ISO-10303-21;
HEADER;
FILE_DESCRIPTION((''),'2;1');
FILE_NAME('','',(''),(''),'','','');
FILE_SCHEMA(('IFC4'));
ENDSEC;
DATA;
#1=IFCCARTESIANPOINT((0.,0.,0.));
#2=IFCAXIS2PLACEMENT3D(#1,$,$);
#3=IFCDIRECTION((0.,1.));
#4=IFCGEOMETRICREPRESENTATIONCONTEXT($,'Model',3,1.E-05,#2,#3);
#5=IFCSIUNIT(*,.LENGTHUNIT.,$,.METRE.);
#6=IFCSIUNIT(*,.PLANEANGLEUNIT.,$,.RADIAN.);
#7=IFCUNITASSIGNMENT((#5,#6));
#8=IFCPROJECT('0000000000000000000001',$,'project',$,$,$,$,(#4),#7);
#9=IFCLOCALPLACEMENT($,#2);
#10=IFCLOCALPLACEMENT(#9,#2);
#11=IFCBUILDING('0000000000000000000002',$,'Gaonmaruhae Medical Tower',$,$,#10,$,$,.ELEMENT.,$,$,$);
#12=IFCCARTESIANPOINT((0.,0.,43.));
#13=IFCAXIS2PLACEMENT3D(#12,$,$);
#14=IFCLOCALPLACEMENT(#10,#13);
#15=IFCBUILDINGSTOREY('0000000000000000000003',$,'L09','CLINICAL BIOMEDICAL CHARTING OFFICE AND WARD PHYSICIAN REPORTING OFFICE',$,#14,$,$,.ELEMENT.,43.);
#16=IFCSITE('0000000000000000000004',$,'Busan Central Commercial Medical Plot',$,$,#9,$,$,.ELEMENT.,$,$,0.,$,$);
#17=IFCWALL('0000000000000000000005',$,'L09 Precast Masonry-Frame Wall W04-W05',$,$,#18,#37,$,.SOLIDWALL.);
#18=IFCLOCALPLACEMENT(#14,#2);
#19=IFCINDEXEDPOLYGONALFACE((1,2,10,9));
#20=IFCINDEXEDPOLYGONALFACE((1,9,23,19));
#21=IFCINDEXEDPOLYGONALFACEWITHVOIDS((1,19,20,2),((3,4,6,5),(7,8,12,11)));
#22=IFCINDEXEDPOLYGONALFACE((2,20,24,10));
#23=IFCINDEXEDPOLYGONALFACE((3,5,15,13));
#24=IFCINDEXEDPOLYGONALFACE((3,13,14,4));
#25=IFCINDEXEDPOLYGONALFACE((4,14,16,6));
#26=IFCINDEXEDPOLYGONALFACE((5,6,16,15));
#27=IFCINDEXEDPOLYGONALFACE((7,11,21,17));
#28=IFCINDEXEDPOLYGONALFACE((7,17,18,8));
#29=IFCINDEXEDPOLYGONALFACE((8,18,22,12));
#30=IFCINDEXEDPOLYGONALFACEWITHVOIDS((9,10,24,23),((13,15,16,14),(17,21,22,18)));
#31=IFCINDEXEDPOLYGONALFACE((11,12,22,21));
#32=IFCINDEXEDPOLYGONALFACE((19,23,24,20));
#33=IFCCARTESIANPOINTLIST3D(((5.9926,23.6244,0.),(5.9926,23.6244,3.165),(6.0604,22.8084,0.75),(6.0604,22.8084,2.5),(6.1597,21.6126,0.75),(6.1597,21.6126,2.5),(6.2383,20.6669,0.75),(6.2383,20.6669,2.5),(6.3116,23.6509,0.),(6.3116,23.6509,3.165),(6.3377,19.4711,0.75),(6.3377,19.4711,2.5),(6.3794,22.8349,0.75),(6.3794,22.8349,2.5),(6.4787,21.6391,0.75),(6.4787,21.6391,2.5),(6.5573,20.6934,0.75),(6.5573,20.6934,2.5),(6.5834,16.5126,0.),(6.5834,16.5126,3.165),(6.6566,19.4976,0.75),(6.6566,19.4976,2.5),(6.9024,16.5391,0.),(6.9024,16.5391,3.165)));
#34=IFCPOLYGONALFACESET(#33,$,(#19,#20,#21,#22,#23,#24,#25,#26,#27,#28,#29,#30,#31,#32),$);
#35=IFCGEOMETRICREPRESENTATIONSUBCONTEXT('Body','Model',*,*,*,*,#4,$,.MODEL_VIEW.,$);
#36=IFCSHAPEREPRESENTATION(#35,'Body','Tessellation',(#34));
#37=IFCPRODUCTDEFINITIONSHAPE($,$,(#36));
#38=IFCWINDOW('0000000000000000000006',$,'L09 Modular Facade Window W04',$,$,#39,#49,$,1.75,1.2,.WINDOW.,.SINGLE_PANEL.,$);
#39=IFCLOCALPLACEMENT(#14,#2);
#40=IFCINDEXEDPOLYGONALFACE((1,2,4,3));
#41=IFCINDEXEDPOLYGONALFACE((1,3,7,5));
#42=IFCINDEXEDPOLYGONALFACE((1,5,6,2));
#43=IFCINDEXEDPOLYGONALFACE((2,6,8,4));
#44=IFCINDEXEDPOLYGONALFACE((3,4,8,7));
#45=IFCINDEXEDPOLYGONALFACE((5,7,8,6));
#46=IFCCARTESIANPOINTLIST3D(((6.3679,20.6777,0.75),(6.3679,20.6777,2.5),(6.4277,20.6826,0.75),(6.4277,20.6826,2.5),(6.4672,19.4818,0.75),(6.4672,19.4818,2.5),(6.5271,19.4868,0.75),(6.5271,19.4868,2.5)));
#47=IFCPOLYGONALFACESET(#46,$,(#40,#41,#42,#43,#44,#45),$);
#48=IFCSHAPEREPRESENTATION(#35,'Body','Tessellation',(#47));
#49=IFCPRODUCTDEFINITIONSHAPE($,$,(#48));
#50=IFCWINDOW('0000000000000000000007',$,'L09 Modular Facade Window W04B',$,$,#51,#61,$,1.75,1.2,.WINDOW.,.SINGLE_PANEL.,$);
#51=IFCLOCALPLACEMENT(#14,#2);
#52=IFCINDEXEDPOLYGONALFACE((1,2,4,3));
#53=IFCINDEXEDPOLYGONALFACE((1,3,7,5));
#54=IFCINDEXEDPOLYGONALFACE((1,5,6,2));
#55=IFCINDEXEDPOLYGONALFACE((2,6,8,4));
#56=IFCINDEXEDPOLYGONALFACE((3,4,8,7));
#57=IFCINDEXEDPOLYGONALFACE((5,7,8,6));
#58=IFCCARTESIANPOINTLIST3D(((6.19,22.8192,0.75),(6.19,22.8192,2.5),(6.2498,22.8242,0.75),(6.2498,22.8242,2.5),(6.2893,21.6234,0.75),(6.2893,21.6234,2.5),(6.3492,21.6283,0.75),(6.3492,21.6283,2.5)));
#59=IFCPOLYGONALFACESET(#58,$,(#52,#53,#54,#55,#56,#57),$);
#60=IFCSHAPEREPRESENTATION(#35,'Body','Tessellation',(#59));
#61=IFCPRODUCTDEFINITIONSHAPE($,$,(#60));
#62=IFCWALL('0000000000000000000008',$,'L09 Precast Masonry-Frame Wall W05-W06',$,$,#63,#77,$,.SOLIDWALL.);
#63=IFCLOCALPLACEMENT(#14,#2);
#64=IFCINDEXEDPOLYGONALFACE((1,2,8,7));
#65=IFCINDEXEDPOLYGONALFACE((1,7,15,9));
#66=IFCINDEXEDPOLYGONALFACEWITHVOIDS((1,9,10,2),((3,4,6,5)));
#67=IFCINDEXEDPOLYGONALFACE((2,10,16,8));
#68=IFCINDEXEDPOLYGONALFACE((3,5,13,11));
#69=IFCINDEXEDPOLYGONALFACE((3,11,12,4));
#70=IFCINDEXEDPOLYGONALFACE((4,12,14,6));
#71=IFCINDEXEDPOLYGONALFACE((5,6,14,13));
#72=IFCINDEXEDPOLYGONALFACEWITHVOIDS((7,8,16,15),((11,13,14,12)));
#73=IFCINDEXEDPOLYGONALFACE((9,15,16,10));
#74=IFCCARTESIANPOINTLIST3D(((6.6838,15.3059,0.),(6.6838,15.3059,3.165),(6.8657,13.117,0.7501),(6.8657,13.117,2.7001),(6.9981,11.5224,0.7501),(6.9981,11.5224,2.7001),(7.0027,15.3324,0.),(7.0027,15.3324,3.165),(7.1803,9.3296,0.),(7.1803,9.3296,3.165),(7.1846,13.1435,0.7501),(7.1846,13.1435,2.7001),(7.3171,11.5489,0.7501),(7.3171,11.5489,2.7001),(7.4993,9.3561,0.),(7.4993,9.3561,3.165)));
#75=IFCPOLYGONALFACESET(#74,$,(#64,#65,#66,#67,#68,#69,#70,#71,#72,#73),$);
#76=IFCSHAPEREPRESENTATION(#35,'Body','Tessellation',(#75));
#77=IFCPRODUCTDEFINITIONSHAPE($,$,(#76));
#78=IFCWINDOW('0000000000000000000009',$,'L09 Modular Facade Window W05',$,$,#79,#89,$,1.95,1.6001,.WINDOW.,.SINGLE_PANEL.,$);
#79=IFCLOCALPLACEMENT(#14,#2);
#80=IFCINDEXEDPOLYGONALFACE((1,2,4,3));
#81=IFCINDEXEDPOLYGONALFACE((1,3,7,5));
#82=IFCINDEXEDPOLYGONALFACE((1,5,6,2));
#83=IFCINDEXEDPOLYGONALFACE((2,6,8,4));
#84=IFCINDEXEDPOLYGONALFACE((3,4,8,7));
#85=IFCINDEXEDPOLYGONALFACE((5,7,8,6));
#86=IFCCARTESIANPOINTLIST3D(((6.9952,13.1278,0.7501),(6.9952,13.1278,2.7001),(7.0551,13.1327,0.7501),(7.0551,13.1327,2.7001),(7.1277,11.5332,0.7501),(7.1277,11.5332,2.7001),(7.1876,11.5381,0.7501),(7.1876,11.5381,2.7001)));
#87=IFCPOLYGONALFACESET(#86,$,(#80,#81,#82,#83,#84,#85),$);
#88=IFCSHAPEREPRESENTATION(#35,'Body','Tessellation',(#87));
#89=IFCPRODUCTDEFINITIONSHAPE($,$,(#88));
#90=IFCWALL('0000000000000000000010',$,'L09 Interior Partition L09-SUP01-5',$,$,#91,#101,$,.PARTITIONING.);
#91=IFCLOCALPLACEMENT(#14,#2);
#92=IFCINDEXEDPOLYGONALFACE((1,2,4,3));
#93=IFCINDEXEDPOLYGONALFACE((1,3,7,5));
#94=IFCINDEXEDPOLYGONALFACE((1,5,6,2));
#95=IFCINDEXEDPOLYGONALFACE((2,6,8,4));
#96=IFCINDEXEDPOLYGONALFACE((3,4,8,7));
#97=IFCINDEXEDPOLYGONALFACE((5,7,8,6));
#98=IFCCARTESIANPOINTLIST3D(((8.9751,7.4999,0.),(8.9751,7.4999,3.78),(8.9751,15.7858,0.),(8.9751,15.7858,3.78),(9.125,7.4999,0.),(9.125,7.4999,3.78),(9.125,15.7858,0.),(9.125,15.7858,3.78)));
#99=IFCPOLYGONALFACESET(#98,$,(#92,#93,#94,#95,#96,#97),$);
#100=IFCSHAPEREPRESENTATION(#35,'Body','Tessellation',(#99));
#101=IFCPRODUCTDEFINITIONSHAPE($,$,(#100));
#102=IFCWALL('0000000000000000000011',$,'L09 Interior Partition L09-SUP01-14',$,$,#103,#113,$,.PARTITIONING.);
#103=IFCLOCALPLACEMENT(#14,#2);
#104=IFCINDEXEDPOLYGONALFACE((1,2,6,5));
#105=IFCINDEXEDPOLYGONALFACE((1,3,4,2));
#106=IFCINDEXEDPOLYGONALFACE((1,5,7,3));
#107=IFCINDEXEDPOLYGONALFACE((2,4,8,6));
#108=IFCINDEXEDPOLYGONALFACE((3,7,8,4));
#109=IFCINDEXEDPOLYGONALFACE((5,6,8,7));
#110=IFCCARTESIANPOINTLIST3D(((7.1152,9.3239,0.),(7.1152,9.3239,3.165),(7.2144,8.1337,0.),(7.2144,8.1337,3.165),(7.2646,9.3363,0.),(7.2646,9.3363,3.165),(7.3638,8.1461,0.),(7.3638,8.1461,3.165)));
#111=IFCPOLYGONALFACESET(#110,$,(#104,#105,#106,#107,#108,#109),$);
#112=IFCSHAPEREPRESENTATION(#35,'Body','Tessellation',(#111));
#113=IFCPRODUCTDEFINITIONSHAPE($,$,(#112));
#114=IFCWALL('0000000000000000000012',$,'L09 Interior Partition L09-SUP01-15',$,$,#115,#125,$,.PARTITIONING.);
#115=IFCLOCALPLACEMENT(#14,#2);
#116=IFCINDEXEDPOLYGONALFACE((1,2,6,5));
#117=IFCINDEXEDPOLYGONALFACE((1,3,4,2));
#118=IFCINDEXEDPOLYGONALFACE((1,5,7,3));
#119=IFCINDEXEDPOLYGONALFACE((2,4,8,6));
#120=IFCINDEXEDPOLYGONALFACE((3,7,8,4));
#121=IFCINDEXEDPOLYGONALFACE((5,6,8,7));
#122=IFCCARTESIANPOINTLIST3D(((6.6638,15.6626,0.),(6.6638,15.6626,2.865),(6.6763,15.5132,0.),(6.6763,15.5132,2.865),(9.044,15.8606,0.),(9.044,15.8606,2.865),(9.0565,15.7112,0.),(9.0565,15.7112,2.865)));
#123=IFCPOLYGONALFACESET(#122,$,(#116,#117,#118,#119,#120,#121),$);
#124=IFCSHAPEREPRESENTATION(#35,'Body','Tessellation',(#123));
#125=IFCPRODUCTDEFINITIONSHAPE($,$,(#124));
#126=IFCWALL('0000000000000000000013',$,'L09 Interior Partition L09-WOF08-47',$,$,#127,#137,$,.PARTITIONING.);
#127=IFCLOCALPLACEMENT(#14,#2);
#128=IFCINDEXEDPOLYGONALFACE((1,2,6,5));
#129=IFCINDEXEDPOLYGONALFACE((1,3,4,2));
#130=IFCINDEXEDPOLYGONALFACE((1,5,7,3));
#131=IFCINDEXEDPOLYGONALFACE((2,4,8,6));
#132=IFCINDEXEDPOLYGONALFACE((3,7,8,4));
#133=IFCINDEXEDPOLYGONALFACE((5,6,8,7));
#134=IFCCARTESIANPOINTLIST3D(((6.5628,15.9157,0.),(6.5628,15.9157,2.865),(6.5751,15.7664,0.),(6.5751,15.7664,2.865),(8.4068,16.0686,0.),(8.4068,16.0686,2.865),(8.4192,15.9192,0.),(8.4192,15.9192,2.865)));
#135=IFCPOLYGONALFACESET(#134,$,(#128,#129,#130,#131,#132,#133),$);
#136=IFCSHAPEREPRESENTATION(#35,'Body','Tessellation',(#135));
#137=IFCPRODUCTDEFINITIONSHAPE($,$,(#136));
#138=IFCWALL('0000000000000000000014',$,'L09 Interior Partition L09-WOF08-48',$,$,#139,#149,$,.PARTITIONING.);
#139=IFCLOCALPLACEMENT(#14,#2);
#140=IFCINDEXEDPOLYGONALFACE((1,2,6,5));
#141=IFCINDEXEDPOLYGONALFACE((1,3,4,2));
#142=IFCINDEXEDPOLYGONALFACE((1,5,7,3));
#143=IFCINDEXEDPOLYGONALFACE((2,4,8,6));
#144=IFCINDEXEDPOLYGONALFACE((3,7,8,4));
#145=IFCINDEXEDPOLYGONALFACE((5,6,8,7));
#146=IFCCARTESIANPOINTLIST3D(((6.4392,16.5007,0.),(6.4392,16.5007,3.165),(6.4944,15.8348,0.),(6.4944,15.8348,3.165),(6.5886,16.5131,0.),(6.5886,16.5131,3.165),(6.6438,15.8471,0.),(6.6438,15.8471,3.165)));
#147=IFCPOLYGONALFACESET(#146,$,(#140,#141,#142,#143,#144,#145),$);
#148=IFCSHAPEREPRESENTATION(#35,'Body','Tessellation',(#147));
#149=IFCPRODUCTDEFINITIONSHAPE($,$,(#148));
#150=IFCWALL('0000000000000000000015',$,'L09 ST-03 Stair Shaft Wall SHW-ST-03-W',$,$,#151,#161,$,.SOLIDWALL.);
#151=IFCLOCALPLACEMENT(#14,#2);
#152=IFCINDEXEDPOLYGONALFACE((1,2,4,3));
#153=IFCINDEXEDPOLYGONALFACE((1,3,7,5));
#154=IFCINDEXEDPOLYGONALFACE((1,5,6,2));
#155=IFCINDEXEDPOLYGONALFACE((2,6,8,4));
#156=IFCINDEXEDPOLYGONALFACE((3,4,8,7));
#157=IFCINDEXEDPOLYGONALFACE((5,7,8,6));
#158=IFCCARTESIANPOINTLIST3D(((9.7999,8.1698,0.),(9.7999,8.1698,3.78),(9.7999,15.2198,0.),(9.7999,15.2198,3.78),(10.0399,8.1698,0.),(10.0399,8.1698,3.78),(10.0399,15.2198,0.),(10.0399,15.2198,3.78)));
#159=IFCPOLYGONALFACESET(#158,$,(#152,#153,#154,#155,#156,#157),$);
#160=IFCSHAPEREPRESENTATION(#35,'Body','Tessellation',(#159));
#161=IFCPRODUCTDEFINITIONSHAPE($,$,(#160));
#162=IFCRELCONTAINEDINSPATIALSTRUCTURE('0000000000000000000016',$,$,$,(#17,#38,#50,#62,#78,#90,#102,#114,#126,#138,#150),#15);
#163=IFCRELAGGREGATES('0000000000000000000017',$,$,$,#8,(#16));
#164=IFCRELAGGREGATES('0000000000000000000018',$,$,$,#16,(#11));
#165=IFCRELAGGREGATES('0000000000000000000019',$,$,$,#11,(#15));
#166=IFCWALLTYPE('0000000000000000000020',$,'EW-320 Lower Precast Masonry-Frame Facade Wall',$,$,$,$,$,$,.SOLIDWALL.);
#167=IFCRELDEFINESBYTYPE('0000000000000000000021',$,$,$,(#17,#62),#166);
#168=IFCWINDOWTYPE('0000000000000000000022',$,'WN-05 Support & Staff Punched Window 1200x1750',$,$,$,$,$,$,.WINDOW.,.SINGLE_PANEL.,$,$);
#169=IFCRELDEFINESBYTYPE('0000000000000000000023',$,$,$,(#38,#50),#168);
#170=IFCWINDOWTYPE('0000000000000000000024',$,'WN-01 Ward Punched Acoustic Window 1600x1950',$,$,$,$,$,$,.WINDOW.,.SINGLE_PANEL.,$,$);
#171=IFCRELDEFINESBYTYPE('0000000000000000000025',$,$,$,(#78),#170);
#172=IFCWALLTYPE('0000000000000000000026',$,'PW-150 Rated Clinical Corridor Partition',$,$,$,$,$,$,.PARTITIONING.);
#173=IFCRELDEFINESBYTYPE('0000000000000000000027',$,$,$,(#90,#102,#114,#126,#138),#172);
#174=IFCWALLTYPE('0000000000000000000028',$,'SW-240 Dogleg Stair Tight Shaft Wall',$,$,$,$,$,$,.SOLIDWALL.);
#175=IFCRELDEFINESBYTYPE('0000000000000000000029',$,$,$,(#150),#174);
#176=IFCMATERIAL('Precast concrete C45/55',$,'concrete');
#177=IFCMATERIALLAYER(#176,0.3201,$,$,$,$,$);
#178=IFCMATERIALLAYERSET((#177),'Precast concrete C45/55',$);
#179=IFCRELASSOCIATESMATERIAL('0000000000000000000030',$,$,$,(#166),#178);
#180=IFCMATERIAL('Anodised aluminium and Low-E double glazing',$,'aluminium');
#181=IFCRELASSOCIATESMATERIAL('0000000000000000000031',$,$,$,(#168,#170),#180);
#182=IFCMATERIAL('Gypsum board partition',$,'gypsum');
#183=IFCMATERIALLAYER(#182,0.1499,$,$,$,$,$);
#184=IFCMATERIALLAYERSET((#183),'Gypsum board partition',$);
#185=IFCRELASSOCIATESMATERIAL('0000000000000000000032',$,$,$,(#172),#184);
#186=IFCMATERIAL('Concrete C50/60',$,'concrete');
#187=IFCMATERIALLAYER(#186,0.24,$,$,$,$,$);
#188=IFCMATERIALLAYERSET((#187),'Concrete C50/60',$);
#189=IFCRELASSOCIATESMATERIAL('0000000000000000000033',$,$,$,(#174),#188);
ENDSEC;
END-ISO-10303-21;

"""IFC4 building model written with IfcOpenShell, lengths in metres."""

from ifc_helpers import new_model, si_unit, direction, frame, frame_2d, origin, place, context, subcontext, project, spatial, rectangle, extrude, material, layer, layer_set, type_object, element, fill, save


model = new_model("IFC4")

# Units and contexts
model_context = context("Model", 3, precision=1e-05, world=origin(), true_north=direction((0.0, 1.0)))
body_context = subcontext(model_context, "Body", "Model", "MODEL_VIEW")
ifc_project = project(units=[si_unit("LENGTHUNIT", "METRE"), si_unit("PLANEANGLEUNIT", "RADIAN")], contexts=[model_context])

# Site, building, storey
site_placement = place(None, origin())
site = spatial("IfcSite", under=ifc_project, at=site_placement, Name="Busan Central Commercial Medical Plot", CompositionType="ELEMENT", RefElevation=0.0)
building_placement = place(site_placement, origin())
building = spatial("IfcBuilding", under=site, at=building_placement, Name="Gaonmaruhae Medical Tower", CompositionType="ELEMENT")
storey_placement = place(building_placement, frame((0.0, 0.0, 43.0)))
storey = spatial("IfcBuildingStorey", under=building, at=storey_placement, Name="L09", Description="CLINICAL BIOMEDICAL CHARTING OFFICE AND WARD PHYSICIAN REPORTING OFFICE", CompositionType="ELEMENT", Elevation=43.0)

# Wall, openings, windows
ifc_material_1 = material(Name="Precast concrete C45/55", Category="concrete")
ifc_layer_1 = layer(ifc_material_1, 0.3201)
ifc_layer_set_1 = layer_set([ifc_layer_1], Name="Precast concrete C45/55")
wall_type_1 = type_object("IfcWallType", Name="EW-320 Lower Precast Masonry-Frame Facade Wall", PredefinedType="SOLIDWALL", material=ifc_layer_set_1)
wall_1_placement = place(storey_placement, frame((6.7429, 16.5259, 0.0), z_axis=(0.0, 0.0, 1.0), x_axis=(-0.082791, 0.996567, 0.0)))
wall_1 = element("IfcWall", 1, at=wall_1_placement, inside=storey, type_object=wall_type_1, Name="L09 Precast Masonry-Frame Wall W04-W05", PredefinedType="SOLIDWALL", context=body_context, shape_type="SweptSolid", body=[
    extrude(rectangle(XDim=7.1362, YDim=0.3201, at=frame_2d((3.5681, 0.0))), origin(), (0.0, 0.0, 1.0), 3.165),
])
opening_1_placement = place(wall_1_placement, frame((2.9685, 0.0, 0.75)))
opening_1 = element("IfcOpeningElement", 2, at=opening_1_placement, cuts=wall_1, PredefinedType="OPENING", context=body_context, shape_type="SweptSolid", body=[
    extrude(rectangle(XDim=1.2, YDim=1.75, at=frame_2d((0.6001, 0.875))), frame((0.0, 0.1699, 0.0), z_axis=(0.0, -1.0, 0.0), x_axis=(1.0, 0.0, 0.0)), (0.0, 0.0, 1.0), 0.3401),
])
opening_2_placement = place(wall_1_placement, frame((5.1174, 0.0, 0.75)))
opening_2 = element("IfcOpeningElement", 3, at=opening_2_placement, cuts=wall_1, PredefinedType="OPENING", context=body_context, shape_type="SweptSolid", body=[
    extrude(rectangle(XDim=1.2, YDim=1.75, at=frame_2d((0.6001, 0.875))), frame((0.0, 0.1699, 0.0), z_axis=(0.0, -1.0, 0.0), x_axis=(1.0, 0.0, 0.0)), (0.0, 0.0, 1.0), 0.3401),
])
ifc_material_2 = material(Name="Anodised aluminium and Low-E double glazing", Category="aluminium")
window_type_1 = type_object("IfcWindowType", Name="WN-05 Support & Staff Punched Window 1200x1750", PartitioningType="SINGLE_PANEL", PredefinedType="WINDOW", material=ifc_material_2)
window_1_placement = place(opening_1_placement, origin())
window_1 = element("IfcWindow", 4, at=window_1_placement, inside=storey, type_object=window_type_1, Name="L09 Modular Facade Window W04", OverallHeight=1.75, OverallWidth=1.2, PartitioningType="SINGLE_PANEL", PredefinedType="WINDOW", context=body_context, shape_type="SweptSolid", body=[
    extrude(rectangle(XDim=1.2, YDim=1.75, at=frame_2d((0.6001, 0.875))), frame((0.0, 0.03, 0.0), z_axis=(0.0, -1.0, 0.0), x_axis=(1.0, 0.0, 0.0)), (0.0, 0.0, 1.0), 0.0601),
])
fill(opening_1, window_1)
window_2_placement = place(opening_2_placement, origin())
window_2 = element("IfcWindow", 5, at=window_2_placement, inside=storey, type_object=window_type_1, Name="L09 Modular Facade Window W04B", OverallHeight=1.75, OverallWidth=1.2, PartitioningType="SINGLE_PANEL", PredefinedType="WINDOW", context=body_context, shape_type="SweptSolid", body=[
    extrude(rectangle(XDim=1.2, YDim=1.75, at=frame_2d((0.6001, 0.875))), frame((0.0, 0.03, 0.0), z_axis=(0.0, -1.0, 0.0), x_axis=(1.0, 0.0, 0.0)), (0.0, 0.0, 1.0), 0.0601),
])
fill(opening_2, window_2)

# Wall, opening, window
wall_2_placement = place(storey_placement, frame((7.3398, 9.3428, 0.0), z_axis=(0.0, 0.0, 1.0), x_axis=(-0.082806, 0.996566, 0.0)))
wall_2 = element("IfcWall", 6, at=wall_2_placement, inside=storey, type_object=wall_type_1, Name="L09 Precast Masonry-Frame Wall W05-W06", PredefinedType="SOLIDWALL", context=body_context, shape_type="SweptSolid", body=[
    extrude(rectangle(XDim=5.9968, YDim=0.3201, at=frame_2d((2.9985, 0.0))), origin(), (0.0, 0.0, 1.0), 3.165),
])
opening_3_placement = place(wall_2_placement, frame((2.2004, 0.0, 0.75)))
opening_3 = element("IfcOpeningElement", 7, at=opening_3_placement, cuts=wall_2, PredefinedType="OPENING", context=body_context, shape_type="SweptSolid", body=[
    extrude(rectangle(XDim=1.6001, YDim=1.95, at=frame_2d((0.8, 0.9751))), frame((0.0, 0.1699, 0.0), z_axis=(0.0, -1.0, 0.0), x_axis=(1.0, 0.0, 0.0)), (0.0, 0.0, 1.0), 0.3401),
])
window_type_2 = type_object("IfcWindowType", Name="WN-01 Ward Punched Acoustic Window 1600x1950", PartitioningType="SINGLE_PANEL", PredefinedType="WINDOW", material=ifc_material_2)
window_3_placement = place(opening_3_placement, origin())
window_3 = element("IfcWindow", 8, at=window_3_placement, inside=storey, type_object=window_type_2, Name="L09 Modular Facade Window W05", OverallHeight=1.95, OverallWidth=1.6001, PartitioningType="SINGLE_PANEL", PredefinedType="WINDOW", context=body_context, shape_type="SweptSolid", body=[
    extrude(rectangle(XDim=1.6001, YDim=1.95, at=frame_2d((0.8, 0.9751))), frame((0.0, 0.03, 0.0), z_axis=(0.0, -1.0, 0.0), x_axis=(1.0, 0.0, 0.0)), (0.0, 0.0, 1.0), 0.0601),
])
fill(opening_3, window_3)

# Walls
ifc_material_3 = material(Name="Gypsum board partition", Category="gypsum")
ifc_layer_2 = layer(ifc_material_3, 0.1499)
ifc_layer_set_2 = layer_set([ifc_layer_2], Name="Gypsum board partition")
wall_type_2 = type_object("IfcWallType", Name="PW-150 Rated Clinical Corridor Partition", PredefinedType="PARTITIONING", material=ifc_layer_set_2)
wall_3_placement = place(storey_placement, frame((9.05, 15.7859, 0.0), z_axis=(0.0, 0.0, 1.0), x_axis=(0.0, -1.0, 0.0)))
element("IfcWall", 9, at=wall_3_placement, inside=storey, type_object=wall_type_2, Name="L09 Interior Partition L09-SUP01-5", PredefinedType="PARTITIONING", context=body_context, shape_type="SweptSolid", body=[
    extrude(rectangle(XDim=8.2859, YDim=0.1499, at=frame_2d((4.1431, 0.0))), origin(), (0.0, 0.0, 1.0), 3.78),
])
wall_4_placement = place(storey_placement, frame((7.2891, 8.1399, 0.0), z_axis=(0.0, 0.0, 1.0), x_axis=(-0.082995, 0.99655, 0.0)))
element("IfcWall", 10, at=wall_4_placement, inside=storey, type_object=wall_type_2, Name="L09 Interior Partition L09-SUP01-14", PredefinedType="PARTITIONING", context=body_context, shape_type="SweptSolid", body=[
    extrude(rectangle(XDim=1.1943, YDim=0.1499, at=frame_2d((0.5972, 0.0))), origin(), (0.0, 0.0, 1.0), 3.165),
])
wall_5_placement = place(storey_placement, frame((6.6699, 15.5879, 0.0), z_axis=(0.0, 0.0, 1.0), x_axis=(0.996558, 0.082902, 0.0)))
element("IfcWall", 11, at=wall_5_placement, inside=storey, type_object=wall_type_2, Name="L09 Interior Partition L09-SUP01-15", PredefinedType="PARTITIONING", context=body_context, shape_type="SweptSolid", body=[
    extrude(rectangle(XDim=2.3884, YDim=0.1499, at=frame_2d((1.1943, 0.0))), origin(), (0.0, 0.0, 1.0), 2.865),
])
wall_6_placement = place(storey_placement, frame((8.4131, 15.9939, 0.0), z_axis=(0.0, 0.0, 1.0), x_axis=(-0.996583, -0.082598, 0.0)))
element("IfcWall", 12, at=wall_6_placement, inside=storey, type_object=wall_type_2, Name="L09 Interior Partition L09-WOF08-47", PredefinedType="PARTITIONING", context=body_context, shape_type="SweptSolid", body=[
    extrude(rectangle(XDim=1.8503, YDim=0.1499, at=frame_2d((0.9253, 0.0))), origin(), (0.0, 0.0, 1.0), 2.865),
])
wall_7_placement = place(storey_placement, frame((6.5691, 15.8411, 0.0), z_axis=(0.0, 0.0, 1.0), x_axis=(-0.082562, 0.996586, 0.0)))
element("IfcWall", 13, at=wall_7_placement, inside=storey, type_object=wall_type_2, Name="L09 Interior Partition L09-WOF08-48", PredefinedType="PARTITIONING", context=body_context, shape_type="SweptSolid", body=[
    extrude(rectangle(XDim=0.6682, YDim=0.1499, at=frame_2d((0.334, 0.0))), origin(), (0.0, 0.0, 1.0), 3.165),
])

# Shared definitions
ifc_material_4 = material(Name="Concrete C50/60", Category="concrete")
ifc_layer_3 = layer(ifc_material_4, 0.24)
ifc_layer_set_3 = layer_set([ifc_layer_3], Name="Concrete C50/60")
wall_type_3 = type_object("IfcWallType", Name="SW-240 Dogleg Stair Tight Shaft Wall", PredefinedType="SOLIDWALL", material=ifc_layer_set_3)

# Wall
wall_8_placement = place(storey_placement, frame((9.9199, 8.1699, 0.0), z_axis=(0.0, 0.0, 1.0), x_axis=(0.0, 1.0, 0.0)))
element("IfcWall", 14, at=wall_8_placement, inside=storey, type_object=wall_type_3, Name="L09 ST-03 Stair Shaft Wall SHW-ST-03-W", PredefinedType="SOLIDWALL", context=body_context, shape_type="SweptSolid", body=[
    extrude(rectangle(XDim=7.05, YDim=0.24, at=frame_2d((3.5249, 0.0))), origin(), (0.0, 0.0, 1.0), 3.78),
])

save(model, "model.ifc")
